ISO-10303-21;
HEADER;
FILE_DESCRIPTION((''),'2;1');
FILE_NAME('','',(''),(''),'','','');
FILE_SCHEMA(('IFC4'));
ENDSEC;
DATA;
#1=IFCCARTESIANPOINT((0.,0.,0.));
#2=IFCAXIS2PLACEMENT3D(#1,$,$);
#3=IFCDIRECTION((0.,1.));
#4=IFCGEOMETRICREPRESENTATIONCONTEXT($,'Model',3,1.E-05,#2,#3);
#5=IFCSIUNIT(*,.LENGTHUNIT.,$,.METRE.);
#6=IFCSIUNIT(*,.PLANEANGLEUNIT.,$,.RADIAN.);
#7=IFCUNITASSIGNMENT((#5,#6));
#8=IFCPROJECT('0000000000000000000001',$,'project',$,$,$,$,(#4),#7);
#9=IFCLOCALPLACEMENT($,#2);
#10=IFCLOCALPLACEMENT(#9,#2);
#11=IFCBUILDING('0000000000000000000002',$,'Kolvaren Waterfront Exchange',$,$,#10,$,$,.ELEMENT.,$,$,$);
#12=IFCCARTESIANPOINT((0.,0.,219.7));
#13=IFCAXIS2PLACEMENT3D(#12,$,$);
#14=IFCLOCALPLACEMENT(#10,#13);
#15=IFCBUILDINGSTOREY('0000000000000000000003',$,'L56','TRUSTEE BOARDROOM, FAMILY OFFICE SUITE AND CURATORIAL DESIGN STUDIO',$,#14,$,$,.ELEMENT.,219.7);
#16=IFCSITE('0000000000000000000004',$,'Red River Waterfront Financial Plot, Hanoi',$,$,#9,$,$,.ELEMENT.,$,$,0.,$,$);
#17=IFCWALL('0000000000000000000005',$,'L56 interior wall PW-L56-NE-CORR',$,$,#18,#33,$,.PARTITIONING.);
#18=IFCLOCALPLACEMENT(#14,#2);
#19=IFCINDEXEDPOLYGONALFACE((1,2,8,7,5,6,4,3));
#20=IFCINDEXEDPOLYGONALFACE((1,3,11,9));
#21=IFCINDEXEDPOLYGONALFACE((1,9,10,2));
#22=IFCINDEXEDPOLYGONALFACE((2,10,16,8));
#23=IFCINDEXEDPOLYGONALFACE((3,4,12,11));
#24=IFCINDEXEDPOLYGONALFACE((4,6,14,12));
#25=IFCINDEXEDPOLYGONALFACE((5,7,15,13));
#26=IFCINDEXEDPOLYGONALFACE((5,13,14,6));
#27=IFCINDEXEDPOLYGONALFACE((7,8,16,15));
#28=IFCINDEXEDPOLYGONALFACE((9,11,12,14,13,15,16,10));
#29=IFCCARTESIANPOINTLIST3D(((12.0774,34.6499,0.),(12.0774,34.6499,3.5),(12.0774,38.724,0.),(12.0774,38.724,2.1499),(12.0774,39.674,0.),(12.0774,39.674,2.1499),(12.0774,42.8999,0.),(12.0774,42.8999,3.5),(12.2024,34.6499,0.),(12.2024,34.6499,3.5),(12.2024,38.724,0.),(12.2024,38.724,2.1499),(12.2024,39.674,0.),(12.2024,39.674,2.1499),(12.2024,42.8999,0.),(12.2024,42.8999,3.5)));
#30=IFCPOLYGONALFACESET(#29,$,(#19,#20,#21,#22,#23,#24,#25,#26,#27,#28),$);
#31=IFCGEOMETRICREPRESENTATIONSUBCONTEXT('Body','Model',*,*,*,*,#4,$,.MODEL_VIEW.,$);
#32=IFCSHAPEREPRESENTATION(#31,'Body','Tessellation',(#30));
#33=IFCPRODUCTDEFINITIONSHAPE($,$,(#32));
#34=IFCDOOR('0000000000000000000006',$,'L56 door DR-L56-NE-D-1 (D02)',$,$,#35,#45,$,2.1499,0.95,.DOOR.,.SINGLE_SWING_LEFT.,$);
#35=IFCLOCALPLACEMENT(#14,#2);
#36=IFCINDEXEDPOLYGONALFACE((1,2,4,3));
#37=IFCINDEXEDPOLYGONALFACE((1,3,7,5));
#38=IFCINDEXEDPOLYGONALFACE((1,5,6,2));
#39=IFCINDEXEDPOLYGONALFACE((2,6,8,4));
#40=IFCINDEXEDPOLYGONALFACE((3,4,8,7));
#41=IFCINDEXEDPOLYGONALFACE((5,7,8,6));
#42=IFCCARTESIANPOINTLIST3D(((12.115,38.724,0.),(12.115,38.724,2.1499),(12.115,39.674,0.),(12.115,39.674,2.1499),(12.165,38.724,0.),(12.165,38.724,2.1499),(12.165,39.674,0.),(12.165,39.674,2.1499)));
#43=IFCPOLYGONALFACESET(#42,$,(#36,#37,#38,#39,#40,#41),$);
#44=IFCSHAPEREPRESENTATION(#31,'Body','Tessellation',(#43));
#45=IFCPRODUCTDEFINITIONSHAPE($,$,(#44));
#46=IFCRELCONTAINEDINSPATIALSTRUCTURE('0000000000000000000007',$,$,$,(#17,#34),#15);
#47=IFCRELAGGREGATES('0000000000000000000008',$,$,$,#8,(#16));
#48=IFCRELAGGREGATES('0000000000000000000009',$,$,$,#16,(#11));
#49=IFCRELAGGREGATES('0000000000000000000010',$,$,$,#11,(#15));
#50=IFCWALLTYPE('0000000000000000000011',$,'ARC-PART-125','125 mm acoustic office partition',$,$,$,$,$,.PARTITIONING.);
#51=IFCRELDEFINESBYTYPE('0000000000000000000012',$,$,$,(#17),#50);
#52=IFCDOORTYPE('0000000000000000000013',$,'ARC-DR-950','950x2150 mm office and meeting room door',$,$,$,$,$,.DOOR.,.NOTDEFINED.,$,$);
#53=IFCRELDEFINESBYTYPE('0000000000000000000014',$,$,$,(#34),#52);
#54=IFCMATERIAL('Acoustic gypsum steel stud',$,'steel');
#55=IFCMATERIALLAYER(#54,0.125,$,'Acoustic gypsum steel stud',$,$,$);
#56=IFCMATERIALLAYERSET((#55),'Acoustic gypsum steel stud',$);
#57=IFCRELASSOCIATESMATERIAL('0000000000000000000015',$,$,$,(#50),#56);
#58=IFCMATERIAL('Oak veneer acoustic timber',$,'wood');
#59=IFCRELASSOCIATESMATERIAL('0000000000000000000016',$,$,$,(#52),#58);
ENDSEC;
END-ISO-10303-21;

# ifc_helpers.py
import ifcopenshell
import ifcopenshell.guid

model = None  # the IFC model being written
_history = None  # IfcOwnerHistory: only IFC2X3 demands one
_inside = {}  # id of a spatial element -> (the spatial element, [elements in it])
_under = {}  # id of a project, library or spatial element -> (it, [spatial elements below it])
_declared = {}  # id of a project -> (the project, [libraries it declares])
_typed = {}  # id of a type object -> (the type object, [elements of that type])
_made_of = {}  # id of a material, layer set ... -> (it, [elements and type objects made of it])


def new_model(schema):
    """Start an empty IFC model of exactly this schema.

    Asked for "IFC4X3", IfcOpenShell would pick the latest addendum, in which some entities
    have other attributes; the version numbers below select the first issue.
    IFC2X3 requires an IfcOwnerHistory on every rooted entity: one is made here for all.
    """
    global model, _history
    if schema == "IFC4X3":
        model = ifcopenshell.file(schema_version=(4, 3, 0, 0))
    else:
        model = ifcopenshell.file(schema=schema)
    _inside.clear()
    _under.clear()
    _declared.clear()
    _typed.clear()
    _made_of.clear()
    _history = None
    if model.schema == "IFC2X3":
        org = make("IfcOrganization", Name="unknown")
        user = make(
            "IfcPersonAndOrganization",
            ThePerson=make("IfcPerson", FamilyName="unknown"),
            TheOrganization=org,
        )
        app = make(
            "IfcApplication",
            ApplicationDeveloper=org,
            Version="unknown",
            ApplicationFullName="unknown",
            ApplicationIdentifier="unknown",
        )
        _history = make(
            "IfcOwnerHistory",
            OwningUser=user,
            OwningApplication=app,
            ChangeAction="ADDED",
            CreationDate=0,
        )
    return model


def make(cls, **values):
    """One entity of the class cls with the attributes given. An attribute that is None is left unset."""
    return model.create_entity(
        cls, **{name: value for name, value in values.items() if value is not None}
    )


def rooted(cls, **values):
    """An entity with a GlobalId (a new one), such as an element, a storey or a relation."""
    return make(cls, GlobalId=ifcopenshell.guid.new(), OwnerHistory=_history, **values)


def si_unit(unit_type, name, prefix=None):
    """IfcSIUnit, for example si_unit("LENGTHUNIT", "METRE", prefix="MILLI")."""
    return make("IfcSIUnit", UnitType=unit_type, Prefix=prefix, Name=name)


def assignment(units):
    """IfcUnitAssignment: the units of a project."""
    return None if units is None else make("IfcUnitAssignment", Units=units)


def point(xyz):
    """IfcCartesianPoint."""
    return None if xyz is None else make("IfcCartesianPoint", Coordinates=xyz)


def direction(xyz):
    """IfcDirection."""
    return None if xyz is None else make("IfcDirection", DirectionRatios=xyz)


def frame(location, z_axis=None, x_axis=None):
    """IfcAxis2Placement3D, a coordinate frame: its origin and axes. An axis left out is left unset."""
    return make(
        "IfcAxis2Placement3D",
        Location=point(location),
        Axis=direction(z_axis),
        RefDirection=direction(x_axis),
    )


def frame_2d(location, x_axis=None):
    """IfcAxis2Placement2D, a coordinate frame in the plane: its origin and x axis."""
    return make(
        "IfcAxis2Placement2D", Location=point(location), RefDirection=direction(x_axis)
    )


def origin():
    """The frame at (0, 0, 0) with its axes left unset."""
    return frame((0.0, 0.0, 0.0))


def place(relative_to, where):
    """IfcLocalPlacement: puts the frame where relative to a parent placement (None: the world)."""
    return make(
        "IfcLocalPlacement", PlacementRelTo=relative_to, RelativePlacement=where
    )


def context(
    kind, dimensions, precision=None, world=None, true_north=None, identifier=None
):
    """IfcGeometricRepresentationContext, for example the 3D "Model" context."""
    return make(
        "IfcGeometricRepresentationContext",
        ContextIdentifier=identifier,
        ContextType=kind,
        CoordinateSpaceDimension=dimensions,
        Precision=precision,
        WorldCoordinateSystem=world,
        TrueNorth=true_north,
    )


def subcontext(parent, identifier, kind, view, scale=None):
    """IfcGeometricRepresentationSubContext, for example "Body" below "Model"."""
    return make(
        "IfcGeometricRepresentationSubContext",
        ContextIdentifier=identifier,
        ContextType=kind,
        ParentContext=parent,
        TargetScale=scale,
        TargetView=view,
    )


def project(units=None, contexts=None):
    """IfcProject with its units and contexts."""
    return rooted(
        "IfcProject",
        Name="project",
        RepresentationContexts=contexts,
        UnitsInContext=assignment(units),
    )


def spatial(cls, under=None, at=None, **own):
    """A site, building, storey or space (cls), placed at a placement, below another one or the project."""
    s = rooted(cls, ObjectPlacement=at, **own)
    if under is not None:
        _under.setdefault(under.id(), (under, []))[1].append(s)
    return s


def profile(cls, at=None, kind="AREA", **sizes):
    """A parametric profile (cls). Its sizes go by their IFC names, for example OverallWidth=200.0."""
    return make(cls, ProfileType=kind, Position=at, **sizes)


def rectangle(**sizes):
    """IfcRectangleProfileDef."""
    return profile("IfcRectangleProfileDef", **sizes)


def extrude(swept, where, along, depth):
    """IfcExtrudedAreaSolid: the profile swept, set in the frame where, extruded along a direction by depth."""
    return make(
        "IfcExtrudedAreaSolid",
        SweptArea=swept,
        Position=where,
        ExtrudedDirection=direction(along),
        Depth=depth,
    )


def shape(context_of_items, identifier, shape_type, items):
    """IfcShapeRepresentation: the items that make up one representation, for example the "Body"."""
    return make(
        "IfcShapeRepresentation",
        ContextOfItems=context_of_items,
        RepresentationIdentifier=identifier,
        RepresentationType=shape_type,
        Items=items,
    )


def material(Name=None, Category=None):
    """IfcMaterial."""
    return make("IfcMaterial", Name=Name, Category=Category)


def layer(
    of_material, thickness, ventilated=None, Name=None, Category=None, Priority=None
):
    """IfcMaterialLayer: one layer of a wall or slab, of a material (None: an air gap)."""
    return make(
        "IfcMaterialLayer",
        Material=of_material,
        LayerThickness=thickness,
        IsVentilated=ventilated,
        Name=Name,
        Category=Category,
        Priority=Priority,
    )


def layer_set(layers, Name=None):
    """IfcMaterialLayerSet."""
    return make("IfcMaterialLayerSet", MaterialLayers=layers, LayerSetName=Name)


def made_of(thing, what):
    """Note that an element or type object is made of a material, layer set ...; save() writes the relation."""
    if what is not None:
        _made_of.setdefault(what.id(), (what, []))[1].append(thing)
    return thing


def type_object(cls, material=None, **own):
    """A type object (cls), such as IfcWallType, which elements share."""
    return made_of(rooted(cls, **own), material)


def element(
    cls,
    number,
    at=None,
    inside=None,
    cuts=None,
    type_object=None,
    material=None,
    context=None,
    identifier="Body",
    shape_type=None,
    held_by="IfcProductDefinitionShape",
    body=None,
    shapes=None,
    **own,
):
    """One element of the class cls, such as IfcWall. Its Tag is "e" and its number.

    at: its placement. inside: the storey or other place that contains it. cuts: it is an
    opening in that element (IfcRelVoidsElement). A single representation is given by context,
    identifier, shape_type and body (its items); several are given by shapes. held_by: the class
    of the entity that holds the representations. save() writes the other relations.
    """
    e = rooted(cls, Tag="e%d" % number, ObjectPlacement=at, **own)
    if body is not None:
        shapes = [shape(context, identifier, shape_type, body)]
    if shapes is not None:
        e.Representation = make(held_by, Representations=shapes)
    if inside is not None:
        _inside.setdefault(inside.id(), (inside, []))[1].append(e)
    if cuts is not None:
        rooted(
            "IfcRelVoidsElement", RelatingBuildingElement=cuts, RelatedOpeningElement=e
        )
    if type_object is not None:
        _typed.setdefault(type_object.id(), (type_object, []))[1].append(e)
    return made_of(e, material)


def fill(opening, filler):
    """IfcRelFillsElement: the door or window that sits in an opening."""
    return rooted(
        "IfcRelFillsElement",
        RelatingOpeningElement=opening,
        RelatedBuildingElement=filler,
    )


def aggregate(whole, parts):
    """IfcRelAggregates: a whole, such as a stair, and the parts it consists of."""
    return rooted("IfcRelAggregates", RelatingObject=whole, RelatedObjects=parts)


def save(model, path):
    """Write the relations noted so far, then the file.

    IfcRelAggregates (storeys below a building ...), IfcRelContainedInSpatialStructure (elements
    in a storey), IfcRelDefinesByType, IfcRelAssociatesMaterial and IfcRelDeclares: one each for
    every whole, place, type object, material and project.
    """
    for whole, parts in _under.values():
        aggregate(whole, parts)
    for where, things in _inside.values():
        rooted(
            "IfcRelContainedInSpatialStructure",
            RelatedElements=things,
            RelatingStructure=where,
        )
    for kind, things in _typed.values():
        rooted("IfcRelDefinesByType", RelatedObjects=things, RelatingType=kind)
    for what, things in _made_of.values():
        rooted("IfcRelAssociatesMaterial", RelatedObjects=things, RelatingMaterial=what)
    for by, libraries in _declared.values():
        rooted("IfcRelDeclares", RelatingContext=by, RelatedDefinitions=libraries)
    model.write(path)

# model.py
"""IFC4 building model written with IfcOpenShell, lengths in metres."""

from ifc_helpers import new_model, si_unit, direction, frame, frame_2d, origin, place, context, subcontext, project, spatial, rectangle, extrude, material, layer, layer_set, type_object, element, fill, save


model = new_model("IFC4")

# Units and contexts
model_context = context("Model", 3, precision=1e-05, world=origin(), true_north=direction((0.0, 1.0)))
body_context = subcontext(model_context, "Body", "Model", "MODEL_VIEW")
ifc_project = project(units=[si_unit("LENGTHUNIT", "METRE"), si_unit("PLANEANGLEUNIT", "RADIAN")], contexts=[model_context])

# Site, building, storey
site_placement = place(None, origin())
site = spatial("IfcSite", under=ifc_project, at=site_placement, Name="Red River Waterfront Financial Plot, Hanoi", CompositionType="ELEMENT", RefElevation=0.0)
building_placement = place(site_placement, origin())
building = spatial("IfcBuilding", under=site, at=building_placement, Name="Kolvaren Waterfront Exchange", CompositionType="ELEMENT")
storey_placement = place(building_placement, frame((0.0, 0.0, 219.7)))
storey = spatial("IfcBuildingStorey", under=building, at=storey_placement, Name="L56", Description="TRUSTEE BOARDROOM, FAMILY OFFICE SUITE AND CURATORIAL DESIGN STUDIO", CompositionType="ELEMENT", Elevation=219.7)

# Shared definitions
ifc_material_1 = material(Name="Acoustic gypsum steel stud", Category="steel")
ifc_layer_1 = layer(ifc_material_1, 0.125, Name="Acoustic gypsum steel stud")
ifc_layer_set_1 = layer_set([ifc_layer_1], Name="Acoustic gypsum steel stud")
wall_type = type_object("IfcWallType", Name="ARC-PART-125", Description="125 mm acoustic office partition", PredefinedType="PARTITIONING", material=ifc_layer_set_1)

# Wall, opening, door
wall_1_placement = place(storey_placement, frame((12.1399, 34.6499, 0.0), z_axis=(0.0, 0.0, 1.0), x_axis=(0.0, 1.0, 0.0)))
wall_1 = element("IfcWall", 1, at=wall_1_placement, inside=storey, type_object=wall_type, Name="L56 interior wall PW-L56-NE-CORR", PredefinedType="PARTITIONING", context=body_context, shape_type="SweptSolid", body=[
    extrude(rectangle(XDim=8.25, YDim=0.125, at=frame_2d((4.125, 0.0))), origin(), (0.0, 0.0, 1.0), 3.5),
])
opening_placement = place(wall_1_placement, frame((4.074, 0.0, 0.0)))
opening = element("IfcOpeningElement", 2, at=opening_placement, cuts=wall_1, PredefinedType="OPENING", context=body_context, shape_type="SweptSolid", body=[
    extrude(rectangle(XDim=0.95, YDim=2.1499, at=frame_2d((0.4751, 1.075))), frame((0.0, 0.0725, 0.0), z_axis=(0.0, -1.0, 0.0), x_axis=(1.0, 0.0, 0.0)), (0.0, 0.0, 1.0), 0.145),
])
ifc_material_2 = material(Name="Oak veneer acoustic timber", Category="wood")
door_type = type_object("IfcDoorType", Name="ARC-DR-950", Description="950x2150 mm office and meeting room door", OperationType="NOTDEFINED", PredefinedType="DOOR", material=ifc_material_2)
door_placement = place(opening_placement, origin())
door = element("IfcDoor", 3, at=door_placement, inside=storey, type_object=door_type, Name="L56 door DR-L56-NE-D-1 (D02)", OperationType="SINGLE_SWING_LEFT", OverallHeight=2.1499, OverallWidth=0.95, PredefinedType="DOOR", context=body_context, shape_type="SweptSolid", body=[
    extrude(rectangle(XDim=0.95, YDim=2.1499, at=frame_2d((0.4751, 1.075))), frame((0.0, 0.0249, 0.0), z_axis=(0.0, -1.0, 0.0), x_axis=(1.0, 0.0, 0.0)), (0.0, 0.0, 1.0), 0.05),
])
fill(opening, door)

save(model, "model.ifc")
